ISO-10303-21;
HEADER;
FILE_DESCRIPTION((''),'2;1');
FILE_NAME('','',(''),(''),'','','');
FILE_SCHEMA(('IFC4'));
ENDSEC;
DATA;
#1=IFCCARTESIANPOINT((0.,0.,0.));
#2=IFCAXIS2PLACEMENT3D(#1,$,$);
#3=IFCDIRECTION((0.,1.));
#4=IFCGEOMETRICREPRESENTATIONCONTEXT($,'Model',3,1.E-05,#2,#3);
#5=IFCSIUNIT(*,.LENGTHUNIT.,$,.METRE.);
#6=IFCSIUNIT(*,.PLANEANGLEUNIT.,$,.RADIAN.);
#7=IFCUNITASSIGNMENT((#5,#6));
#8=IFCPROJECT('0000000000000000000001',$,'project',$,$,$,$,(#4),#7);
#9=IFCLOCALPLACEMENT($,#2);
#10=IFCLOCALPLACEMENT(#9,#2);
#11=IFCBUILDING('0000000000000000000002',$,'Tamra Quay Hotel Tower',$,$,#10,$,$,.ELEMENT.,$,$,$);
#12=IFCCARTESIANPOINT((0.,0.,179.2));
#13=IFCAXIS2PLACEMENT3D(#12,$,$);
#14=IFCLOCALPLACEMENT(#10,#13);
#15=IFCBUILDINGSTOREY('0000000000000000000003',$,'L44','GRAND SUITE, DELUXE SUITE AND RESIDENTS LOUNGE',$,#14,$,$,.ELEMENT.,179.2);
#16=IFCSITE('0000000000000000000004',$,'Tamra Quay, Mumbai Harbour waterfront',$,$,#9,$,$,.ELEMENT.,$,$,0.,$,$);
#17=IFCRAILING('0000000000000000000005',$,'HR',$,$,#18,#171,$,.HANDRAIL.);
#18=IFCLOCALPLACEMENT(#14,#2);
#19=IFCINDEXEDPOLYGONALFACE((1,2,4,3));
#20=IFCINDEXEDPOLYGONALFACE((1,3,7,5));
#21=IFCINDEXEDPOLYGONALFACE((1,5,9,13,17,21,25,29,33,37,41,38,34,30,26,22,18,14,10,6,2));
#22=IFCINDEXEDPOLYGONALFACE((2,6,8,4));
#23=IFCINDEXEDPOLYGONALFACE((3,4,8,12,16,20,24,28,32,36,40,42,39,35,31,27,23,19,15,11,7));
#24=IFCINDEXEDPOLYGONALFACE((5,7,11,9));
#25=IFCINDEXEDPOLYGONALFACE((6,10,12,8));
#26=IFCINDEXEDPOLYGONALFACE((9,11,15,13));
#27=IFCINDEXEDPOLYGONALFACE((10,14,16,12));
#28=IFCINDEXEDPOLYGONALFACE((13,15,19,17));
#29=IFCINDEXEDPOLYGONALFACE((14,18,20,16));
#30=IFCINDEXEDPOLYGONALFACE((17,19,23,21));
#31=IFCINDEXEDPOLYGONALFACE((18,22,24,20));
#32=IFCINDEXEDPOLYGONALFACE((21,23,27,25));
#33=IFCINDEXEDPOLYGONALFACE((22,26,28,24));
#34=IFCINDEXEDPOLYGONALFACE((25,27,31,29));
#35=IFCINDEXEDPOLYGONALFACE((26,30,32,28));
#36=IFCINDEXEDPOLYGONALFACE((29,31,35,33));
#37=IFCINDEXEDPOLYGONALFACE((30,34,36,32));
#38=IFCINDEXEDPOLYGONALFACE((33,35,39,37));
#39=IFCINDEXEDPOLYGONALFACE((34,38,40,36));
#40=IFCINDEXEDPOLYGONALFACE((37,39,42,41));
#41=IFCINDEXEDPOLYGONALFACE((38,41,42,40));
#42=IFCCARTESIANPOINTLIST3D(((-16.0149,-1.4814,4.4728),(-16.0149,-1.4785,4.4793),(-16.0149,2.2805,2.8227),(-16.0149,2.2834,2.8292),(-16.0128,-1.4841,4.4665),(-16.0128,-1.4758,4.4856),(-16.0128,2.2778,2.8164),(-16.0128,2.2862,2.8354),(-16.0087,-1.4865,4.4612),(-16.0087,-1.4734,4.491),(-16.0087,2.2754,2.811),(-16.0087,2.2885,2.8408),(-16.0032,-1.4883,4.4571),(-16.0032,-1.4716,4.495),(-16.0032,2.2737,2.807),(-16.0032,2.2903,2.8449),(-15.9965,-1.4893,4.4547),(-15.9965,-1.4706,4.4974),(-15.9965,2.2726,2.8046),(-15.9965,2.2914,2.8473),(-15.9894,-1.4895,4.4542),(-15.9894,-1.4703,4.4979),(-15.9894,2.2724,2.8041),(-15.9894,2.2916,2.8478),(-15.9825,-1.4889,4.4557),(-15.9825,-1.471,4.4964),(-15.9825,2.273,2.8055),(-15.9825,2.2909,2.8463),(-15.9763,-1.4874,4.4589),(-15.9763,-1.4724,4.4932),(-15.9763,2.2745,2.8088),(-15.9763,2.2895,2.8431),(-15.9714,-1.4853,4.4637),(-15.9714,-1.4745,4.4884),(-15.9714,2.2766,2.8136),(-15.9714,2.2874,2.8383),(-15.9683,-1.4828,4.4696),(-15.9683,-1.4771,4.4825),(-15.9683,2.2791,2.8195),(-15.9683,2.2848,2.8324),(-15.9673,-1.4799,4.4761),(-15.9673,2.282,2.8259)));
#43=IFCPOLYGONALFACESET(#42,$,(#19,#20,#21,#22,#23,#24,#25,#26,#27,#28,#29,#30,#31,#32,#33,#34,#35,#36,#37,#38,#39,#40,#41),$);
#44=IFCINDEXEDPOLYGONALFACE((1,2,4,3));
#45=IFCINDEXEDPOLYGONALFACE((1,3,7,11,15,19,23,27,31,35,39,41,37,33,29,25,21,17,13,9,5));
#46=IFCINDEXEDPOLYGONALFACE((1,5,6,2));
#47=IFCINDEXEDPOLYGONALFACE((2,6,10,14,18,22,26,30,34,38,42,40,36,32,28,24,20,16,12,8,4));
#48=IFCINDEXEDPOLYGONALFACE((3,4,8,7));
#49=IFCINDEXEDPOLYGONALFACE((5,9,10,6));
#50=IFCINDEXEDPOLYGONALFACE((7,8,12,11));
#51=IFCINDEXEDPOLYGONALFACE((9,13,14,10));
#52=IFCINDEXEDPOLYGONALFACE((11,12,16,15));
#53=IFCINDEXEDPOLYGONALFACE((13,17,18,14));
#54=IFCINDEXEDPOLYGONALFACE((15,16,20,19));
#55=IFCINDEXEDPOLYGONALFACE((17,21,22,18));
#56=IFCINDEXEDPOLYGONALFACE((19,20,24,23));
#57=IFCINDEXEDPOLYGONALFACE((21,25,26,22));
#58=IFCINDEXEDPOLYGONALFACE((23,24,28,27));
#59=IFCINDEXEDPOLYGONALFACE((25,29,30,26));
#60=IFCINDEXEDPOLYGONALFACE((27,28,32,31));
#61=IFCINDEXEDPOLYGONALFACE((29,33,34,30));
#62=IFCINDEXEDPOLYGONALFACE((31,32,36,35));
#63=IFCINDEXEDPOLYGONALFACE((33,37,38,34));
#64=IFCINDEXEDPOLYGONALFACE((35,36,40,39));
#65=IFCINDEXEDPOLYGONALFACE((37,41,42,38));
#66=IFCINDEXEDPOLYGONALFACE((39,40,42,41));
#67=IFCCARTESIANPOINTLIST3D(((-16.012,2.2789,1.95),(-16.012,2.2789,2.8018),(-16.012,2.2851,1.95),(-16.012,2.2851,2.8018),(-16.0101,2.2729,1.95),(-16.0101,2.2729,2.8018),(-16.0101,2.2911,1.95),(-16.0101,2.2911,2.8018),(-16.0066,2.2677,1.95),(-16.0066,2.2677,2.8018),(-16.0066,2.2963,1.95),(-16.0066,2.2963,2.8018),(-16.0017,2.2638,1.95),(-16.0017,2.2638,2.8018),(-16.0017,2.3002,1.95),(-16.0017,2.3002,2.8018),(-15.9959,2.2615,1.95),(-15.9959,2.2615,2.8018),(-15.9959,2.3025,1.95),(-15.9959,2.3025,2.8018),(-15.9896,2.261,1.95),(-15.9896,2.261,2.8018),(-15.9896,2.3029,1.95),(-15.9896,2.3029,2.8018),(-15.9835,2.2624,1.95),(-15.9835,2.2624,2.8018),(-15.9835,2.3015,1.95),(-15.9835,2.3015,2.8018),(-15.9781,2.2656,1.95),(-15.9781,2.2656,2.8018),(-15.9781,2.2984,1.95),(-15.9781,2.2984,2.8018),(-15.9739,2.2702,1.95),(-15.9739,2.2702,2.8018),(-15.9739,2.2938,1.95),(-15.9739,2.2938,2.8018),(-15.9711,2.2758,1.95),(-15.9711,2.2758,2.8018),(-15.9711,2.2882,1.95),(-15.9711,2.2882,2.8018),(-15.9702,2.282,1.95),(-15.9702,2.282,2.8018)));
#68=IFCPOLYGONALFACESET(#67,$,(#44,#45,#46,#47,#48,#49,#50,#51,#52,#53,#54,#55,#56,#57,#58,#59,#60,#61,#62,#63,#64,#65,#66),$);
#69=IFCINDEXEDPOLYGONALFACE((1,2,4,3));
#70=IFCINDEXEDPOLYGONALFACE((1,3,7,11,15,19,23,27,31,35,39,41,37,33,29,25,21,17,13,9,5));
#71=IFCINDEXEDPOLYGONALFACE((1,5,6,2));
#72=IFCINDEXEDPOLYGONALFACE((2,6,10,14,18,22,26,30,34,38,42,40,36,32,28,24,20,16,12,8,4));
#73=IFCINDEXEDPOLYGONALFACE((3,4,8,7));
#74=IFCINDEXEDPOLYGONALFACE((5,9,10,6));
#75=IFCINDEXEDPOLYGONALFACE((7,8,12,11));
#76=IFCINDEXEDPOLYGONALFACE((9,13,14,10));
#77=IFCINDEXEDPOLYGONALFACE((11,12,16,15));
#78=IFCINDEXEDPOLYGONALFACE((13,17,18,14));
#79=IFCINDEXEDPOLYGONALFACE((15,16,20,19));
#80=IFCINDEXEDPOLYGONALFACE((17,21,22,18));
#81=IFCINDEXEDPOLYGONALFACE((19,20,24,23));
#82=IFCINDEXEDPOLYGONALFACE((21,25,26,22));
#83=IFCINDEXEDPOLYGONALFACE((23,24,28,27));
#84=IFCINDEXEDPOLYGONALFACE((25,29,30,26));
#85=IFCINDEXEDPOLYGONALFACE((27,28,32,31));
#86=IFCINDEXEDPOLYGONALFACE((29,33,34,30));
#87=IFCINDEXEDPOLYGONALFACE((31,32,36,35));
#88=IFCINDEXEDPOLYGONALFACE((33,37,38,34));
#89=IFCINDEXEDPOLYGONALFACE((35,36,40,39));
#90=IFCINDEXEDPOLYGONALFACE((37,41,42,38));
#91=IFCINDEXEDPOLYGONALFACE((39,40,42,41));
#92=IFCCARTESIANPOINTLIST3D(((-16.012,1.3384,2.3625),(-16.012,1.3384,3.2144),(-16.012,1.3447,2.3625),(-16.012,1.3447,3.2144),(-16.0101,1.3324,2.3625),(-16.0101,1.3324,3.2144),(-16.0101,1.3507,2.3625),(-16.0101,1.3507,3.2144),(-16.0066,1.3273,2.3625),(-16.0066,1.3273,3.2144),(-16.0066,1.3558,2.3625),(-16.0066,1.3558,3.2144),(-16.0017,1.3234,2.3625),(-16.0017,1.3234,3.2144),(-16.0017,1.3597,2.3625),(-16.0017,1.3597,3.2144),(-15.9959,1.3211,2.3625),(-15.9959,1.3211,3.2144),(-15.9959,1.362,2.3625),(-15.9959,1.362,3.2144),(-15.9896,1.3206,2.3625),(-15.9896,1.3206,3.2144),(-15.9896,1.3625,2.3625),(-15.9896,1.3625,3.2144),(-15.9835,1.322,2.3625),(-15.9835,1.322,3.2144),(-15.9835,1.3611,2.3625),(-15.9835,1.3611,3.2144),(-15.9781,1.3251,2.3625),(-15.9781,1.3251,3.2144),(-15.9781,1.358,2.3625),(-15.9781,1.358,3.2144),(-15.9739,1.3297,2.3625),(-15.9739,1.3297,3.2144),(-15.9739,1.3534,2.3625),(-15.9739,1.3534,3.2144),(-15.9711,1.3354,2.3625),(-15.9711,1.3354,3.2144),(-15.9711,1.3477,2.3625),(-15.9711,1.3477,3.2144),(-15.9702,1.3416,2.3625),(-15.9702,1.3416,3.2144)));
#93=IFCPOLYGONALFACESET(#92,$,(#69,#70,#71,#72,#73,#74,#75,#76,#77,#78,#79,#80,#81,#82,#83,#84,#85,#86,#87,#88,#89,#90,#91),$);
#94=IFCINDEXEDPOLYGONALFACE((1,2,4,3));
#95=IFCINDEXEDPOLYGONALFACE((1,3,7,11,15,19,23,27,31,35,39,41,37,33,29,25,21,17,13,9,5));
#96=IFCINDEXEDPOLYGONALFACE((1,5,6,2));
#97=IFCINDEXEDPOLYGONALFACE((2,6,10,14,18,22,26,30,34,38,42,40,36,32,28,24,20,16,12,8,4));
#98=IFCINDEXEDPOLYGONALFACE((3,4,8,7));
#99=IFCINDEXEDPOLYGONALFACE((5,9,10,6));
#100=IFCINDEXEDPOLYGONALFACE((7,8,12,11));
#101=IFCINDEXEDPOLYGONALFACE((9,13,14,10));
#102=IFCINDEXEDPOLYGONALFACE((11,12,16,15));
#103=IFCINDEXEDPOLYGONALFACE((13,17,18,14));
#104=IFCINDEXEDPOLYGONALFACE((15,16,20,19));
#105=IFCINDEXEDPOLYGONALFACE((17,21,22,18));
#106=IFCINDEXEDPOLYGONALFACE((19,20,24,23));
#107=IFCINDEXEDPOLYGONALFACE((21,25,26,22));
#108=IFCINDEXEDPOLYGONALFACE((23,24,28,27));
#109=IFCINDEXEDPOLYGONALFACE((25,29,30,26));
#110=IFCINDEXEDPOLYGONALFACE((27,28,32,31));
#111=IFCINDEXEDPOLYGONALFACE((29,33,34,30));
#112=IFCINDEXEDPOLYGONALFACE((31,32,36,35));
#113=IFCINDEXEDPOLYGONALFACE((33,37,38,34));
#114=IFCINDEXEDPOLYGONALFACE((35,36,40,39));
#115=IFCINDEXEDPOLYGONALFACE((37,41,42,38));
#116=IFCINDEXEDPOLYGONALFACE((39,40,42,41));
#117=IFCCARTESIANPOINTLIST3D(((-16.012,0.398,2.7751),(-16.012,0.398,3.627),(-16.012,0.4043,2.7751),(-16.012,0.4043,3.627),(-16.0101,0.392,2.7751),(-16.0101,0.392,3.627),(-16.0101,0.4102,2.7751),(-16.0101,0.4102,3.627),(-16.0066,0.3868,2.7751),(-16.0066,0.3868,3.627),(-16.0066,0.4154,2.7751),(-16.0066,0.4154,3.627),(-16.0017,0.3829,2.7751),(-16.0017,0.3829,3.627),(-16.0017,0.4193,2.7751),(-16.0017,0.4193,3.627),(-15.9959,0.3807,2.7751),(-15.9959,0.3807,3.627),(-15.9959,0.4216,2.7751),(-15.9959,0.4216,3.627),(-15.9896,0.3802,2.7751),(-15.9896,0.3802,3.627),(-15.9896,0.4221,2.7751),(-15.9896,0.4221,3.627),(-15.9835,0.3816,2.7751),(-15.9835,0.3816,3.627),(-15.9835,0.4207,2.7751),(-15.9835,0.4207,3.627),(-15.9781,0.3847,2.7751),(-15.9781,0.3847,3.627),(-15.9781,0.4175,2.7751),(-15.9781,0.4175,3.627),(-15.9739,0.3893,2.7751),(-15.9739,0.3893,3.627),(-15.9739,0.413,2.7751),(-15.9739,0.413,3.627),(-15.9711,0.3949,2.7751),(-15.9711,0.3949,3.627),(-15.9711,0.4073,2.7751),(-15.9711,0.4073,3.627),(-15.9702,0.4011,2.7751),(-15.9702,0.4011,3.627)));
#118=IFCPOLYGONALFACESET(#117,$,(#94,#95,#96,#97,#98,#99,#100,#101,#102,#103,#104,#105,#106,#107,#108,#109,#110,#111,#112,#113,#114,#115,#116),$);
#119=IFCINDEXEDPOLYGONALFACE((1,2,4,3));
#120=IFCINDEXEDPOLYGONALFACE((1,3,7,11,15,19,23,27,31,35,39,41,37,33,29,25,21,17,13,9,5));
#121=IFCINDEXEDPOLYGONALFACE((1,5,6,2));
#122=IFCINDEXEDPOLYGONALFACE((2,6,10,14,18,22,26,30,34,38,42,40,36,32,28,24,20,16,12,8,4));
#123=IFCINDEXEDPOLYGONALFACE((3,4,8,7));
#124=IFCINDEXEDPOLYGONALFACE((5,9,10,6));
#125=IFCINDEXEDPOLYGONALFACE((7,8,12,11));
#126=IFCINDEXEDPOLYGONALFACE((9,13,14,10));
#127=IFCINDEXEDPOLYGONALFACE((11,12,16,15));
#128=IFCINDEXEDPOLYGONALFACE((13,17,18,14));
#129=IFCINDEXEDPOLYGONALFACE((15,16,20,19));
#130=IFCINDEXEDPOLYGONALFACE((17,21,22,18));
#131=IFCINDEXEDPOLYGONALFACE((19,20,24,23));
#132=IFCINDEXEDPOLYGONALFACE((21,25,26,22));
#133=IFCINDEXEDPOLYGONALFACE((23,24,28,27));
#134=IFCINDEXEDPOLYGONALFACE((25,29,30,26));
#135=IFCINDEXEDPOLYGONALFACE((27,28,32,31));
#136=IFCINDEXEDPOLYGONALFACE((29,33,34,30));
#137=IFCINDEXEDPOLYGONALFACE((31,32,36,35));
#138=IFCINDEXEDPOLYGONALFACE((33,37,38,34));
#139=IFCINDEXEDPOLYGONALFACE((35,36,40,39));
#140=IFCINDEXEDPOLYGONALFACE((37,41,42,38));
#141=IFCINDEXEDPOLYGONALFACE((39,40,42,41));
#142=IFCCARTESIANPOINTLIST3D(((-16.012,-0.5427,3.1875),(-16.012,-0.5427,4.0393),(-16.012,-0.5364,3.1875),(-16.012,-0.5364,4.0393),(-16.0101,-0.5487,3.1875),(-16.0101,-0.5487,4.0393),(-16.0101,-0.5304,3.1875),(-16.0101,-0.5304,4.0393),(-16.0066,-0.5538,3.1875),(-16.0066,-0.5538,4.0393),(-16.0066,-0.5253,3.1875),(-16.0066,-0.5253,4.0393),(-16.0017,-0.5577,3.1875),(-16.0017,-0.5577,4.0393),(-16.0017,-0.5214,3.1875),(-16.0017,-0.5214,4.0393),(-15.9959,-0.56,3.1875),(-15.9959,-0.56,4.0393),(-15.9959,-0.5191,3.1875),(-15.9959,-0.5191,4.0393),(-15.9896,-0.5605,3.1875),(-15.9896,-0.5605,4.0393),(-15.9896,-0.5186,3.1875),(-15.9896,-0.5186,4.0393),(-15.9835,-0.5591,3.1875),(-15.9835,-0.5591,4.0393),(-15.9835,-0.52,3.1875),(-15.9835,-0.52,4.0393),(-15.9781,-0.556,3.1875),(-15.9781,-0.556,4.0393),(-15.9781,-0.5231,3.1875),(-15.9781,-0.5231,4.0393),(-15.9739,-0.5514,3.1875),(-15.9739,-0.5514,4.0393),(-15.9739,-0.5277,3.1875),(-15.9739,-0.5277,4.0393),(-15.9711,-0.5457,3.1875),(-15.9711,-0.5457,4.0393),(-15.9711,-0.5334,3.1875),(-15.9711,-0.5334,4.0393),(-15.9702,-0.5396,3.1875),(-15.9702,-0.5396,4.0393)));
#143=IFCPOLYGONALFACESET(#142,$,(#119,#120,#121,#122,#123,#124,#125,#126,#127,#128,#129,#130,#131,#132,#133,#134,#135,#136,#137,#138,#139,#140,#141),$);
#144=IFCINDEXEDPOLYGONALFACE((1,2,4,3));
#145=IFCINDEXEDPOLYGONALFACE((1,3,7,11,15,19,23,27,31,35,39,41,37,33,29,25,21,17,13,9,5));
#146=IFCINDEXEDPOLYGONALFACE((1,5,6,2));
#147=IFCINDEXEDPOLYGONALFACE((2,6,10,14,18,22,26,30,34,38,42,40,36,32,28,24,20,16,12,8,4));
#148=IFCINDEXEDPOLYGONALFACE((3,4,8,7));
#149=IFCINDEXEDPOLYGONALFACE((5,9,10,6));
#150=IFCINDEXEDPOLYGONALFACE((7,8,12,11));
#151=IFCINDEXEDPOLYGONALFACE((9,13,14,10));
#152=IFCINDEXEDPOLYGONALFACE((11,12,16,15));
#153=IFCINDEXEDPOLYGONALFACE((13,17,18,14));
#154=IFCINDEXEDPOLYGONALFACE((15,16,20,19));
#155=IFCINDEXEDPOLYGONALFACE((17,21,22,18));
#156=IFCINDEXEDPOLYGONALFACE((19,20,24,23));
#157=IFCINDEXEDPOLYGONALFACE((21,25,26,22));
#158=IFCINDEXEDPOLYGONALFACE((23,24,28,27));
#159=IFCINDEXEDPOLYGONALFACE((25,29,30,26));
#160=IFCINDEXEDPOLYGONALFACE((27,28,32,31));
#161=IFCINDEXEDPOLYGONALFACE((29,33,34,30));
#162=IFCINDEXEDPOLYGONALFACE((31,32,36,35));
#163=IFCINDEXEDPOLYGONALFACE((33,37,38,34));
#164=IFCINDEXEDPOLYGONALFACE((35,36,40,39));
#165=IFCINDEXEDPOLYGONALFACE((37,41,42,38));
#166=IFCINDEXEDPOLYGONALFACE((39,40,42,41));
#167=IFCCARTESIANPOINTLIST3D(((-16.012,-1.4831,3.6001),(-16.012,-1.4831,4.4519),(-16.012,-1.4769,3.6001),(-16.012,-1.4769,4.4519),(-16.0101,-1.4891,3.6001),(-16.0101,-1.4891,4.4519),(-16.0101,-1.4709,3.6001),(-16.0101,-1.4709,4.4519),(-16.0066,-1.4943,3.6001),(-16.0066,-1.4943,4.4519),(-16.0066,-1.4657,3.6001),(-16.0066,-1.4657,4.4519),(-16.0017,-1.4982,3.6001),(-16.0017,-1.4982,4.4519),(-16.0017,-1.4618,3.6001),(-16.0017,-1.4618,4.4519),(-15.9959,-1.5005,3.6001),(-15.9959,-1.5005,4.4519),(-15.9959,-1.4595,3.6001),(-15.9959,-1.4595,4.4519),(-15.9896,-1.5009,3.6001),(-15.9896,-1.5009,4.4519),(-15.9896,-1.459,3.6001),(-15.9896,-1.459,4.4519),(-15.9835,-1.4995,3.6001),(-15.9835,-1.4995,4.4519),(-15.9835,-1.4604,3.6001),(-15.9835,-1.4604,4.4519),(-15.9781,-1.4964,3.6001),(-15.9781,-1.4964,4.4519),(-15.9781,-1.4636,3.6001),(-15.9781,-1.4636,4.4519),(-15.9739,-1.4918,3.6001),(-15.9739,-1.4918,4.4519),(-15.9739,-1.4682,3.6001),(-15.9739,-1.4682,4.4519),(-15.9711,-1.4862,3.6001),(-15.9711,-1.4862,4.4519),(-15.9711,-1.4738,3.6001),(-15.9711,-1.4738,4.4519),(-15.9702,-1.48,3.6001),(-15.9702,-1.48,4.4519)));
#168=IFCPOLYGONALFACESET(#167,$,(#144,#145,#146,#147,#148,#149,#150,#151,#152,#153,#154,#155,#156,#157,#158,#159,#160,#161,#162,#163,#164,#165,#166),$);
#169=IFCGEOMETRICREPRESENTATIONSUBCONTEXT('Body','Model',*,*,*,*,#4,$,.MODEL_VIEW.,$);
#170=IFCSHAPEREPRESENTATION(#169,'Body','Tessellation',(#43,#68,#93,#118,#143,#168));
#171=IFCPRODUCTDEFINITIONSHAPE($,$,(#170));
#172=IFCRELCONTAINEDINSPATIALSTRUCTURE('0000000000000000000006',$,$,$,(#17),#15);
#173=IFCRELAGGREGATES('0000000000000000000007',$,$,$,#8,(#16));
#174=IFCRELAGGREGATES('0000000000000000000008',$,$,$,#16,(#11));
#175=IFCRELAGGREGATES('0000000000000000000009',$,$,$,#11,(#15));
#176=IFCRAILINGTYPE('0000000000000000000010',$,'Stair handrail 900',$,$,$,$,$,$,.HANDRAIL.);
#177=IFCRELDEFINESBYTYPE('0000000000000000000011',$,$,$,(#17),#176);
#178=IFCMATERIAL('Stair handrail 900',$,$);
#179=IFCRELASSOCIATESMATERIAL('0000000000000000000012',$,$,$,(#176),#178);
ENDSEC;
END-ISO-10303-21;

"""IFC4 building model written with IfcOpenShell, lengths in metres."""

from ifc_helpers import new_model, si_unit, direction, frame, origin, origin_2d, place, context, subcontext, project, spatial, circle, extrude, material, type_object, element, save


model = new_model("IFC4")

# Units and contexts
model_context = context("Model", 3, precision=1e-05, world=origin(), true_north=direction((0.0, 1.0)))
body_context = subcontext(model_context, "Body", "Model", "MODEL_VIEW")
ifc_project = project(units=[si_unit("LENGTHUNIT", "METRE"), si_unit("PLANEANGLEUNIT", "RADIAN")], contexts=[model_context])

# Site, building, storey
site_placement = place(None, origin())
site = spatial("IfcSite", under=ifc_project, at=site_placement, Name="Tamra Quay, Mumbai Harbour waterfront", CompositionType="ELEMENT", RefElevation=0.0)
building_placement = place(site_placement, origin())
building = spatial("IfcBuilding", under=site, at=building_placement, Name="Tamra Quay Hotel Tower", CompositionType="ELEMENT")
storey_placement = place(building_placement, frame((0.0, 0.0, 179.2)))
storey = spatial("IfcBuildingStorey", under=building, at=storey_placement, Name="L44", Description="GRAND SUITE, DELUXE SUITE AND RESIDENTS LOUNGE", CompositionType="ELEMENT", Elevation=179.2)

# Railing
ifc_material_1 = material(Name="Stair handrail 900")
railing_type = type_object("IfcRailingType", Name="Stair handrail 900", PredefinedType="HANDRAIL", material=ifc_material_1)
railing_placement = place(storey_placement, frame((-15.9912, 2.282, 1.95)))
element("IfcRailing", 1, at=railing_placement, inside=storey, type_object=railing_type, Name="HR", PredefinedType="HANDRAIL", context=body_context, shape_type="SweptSolid", body=[
    extrude(circle(Radius=0.0239, at=origin_2d()), frame((0.0, 0.0, 0.876), z_axis=(0.0, -0.915774, 0.401695), x_axis=(1.0, 0.0, 0.0)), (0.0, 0.0, 1.0), 4.1079),
    extrude(circle(Radius=0.021, at=origin_2d()), origin(), (0.0, 0.0, 1.0), 0.8518),
    extrude(circle(Radius=0.021, at=origin_2d()), frame((0.0, -0.9404, 0.4126)), (0.0, 0.0, 1.0), 0.8518),
    extrude(circle(Radius=0.021, at=origin_2d()), frame((0.0, -1.8809, 0.8252)), (0.0, 0.0, 1.0), 0.8518),
    extrude(circle(Radius=0.021, at=origin_2d()), frame((0.0, -2.8215, 1.2375)), (0.0, 0.0, 1.0), 0.8518),
    extrude(circle(Radius=0.021, at=origin_2d()), frame((0.0, -3.762, 1.6501)), (0.0, 0.0, 1.0), 0.8518),
])

save(model, "model.ifc")
